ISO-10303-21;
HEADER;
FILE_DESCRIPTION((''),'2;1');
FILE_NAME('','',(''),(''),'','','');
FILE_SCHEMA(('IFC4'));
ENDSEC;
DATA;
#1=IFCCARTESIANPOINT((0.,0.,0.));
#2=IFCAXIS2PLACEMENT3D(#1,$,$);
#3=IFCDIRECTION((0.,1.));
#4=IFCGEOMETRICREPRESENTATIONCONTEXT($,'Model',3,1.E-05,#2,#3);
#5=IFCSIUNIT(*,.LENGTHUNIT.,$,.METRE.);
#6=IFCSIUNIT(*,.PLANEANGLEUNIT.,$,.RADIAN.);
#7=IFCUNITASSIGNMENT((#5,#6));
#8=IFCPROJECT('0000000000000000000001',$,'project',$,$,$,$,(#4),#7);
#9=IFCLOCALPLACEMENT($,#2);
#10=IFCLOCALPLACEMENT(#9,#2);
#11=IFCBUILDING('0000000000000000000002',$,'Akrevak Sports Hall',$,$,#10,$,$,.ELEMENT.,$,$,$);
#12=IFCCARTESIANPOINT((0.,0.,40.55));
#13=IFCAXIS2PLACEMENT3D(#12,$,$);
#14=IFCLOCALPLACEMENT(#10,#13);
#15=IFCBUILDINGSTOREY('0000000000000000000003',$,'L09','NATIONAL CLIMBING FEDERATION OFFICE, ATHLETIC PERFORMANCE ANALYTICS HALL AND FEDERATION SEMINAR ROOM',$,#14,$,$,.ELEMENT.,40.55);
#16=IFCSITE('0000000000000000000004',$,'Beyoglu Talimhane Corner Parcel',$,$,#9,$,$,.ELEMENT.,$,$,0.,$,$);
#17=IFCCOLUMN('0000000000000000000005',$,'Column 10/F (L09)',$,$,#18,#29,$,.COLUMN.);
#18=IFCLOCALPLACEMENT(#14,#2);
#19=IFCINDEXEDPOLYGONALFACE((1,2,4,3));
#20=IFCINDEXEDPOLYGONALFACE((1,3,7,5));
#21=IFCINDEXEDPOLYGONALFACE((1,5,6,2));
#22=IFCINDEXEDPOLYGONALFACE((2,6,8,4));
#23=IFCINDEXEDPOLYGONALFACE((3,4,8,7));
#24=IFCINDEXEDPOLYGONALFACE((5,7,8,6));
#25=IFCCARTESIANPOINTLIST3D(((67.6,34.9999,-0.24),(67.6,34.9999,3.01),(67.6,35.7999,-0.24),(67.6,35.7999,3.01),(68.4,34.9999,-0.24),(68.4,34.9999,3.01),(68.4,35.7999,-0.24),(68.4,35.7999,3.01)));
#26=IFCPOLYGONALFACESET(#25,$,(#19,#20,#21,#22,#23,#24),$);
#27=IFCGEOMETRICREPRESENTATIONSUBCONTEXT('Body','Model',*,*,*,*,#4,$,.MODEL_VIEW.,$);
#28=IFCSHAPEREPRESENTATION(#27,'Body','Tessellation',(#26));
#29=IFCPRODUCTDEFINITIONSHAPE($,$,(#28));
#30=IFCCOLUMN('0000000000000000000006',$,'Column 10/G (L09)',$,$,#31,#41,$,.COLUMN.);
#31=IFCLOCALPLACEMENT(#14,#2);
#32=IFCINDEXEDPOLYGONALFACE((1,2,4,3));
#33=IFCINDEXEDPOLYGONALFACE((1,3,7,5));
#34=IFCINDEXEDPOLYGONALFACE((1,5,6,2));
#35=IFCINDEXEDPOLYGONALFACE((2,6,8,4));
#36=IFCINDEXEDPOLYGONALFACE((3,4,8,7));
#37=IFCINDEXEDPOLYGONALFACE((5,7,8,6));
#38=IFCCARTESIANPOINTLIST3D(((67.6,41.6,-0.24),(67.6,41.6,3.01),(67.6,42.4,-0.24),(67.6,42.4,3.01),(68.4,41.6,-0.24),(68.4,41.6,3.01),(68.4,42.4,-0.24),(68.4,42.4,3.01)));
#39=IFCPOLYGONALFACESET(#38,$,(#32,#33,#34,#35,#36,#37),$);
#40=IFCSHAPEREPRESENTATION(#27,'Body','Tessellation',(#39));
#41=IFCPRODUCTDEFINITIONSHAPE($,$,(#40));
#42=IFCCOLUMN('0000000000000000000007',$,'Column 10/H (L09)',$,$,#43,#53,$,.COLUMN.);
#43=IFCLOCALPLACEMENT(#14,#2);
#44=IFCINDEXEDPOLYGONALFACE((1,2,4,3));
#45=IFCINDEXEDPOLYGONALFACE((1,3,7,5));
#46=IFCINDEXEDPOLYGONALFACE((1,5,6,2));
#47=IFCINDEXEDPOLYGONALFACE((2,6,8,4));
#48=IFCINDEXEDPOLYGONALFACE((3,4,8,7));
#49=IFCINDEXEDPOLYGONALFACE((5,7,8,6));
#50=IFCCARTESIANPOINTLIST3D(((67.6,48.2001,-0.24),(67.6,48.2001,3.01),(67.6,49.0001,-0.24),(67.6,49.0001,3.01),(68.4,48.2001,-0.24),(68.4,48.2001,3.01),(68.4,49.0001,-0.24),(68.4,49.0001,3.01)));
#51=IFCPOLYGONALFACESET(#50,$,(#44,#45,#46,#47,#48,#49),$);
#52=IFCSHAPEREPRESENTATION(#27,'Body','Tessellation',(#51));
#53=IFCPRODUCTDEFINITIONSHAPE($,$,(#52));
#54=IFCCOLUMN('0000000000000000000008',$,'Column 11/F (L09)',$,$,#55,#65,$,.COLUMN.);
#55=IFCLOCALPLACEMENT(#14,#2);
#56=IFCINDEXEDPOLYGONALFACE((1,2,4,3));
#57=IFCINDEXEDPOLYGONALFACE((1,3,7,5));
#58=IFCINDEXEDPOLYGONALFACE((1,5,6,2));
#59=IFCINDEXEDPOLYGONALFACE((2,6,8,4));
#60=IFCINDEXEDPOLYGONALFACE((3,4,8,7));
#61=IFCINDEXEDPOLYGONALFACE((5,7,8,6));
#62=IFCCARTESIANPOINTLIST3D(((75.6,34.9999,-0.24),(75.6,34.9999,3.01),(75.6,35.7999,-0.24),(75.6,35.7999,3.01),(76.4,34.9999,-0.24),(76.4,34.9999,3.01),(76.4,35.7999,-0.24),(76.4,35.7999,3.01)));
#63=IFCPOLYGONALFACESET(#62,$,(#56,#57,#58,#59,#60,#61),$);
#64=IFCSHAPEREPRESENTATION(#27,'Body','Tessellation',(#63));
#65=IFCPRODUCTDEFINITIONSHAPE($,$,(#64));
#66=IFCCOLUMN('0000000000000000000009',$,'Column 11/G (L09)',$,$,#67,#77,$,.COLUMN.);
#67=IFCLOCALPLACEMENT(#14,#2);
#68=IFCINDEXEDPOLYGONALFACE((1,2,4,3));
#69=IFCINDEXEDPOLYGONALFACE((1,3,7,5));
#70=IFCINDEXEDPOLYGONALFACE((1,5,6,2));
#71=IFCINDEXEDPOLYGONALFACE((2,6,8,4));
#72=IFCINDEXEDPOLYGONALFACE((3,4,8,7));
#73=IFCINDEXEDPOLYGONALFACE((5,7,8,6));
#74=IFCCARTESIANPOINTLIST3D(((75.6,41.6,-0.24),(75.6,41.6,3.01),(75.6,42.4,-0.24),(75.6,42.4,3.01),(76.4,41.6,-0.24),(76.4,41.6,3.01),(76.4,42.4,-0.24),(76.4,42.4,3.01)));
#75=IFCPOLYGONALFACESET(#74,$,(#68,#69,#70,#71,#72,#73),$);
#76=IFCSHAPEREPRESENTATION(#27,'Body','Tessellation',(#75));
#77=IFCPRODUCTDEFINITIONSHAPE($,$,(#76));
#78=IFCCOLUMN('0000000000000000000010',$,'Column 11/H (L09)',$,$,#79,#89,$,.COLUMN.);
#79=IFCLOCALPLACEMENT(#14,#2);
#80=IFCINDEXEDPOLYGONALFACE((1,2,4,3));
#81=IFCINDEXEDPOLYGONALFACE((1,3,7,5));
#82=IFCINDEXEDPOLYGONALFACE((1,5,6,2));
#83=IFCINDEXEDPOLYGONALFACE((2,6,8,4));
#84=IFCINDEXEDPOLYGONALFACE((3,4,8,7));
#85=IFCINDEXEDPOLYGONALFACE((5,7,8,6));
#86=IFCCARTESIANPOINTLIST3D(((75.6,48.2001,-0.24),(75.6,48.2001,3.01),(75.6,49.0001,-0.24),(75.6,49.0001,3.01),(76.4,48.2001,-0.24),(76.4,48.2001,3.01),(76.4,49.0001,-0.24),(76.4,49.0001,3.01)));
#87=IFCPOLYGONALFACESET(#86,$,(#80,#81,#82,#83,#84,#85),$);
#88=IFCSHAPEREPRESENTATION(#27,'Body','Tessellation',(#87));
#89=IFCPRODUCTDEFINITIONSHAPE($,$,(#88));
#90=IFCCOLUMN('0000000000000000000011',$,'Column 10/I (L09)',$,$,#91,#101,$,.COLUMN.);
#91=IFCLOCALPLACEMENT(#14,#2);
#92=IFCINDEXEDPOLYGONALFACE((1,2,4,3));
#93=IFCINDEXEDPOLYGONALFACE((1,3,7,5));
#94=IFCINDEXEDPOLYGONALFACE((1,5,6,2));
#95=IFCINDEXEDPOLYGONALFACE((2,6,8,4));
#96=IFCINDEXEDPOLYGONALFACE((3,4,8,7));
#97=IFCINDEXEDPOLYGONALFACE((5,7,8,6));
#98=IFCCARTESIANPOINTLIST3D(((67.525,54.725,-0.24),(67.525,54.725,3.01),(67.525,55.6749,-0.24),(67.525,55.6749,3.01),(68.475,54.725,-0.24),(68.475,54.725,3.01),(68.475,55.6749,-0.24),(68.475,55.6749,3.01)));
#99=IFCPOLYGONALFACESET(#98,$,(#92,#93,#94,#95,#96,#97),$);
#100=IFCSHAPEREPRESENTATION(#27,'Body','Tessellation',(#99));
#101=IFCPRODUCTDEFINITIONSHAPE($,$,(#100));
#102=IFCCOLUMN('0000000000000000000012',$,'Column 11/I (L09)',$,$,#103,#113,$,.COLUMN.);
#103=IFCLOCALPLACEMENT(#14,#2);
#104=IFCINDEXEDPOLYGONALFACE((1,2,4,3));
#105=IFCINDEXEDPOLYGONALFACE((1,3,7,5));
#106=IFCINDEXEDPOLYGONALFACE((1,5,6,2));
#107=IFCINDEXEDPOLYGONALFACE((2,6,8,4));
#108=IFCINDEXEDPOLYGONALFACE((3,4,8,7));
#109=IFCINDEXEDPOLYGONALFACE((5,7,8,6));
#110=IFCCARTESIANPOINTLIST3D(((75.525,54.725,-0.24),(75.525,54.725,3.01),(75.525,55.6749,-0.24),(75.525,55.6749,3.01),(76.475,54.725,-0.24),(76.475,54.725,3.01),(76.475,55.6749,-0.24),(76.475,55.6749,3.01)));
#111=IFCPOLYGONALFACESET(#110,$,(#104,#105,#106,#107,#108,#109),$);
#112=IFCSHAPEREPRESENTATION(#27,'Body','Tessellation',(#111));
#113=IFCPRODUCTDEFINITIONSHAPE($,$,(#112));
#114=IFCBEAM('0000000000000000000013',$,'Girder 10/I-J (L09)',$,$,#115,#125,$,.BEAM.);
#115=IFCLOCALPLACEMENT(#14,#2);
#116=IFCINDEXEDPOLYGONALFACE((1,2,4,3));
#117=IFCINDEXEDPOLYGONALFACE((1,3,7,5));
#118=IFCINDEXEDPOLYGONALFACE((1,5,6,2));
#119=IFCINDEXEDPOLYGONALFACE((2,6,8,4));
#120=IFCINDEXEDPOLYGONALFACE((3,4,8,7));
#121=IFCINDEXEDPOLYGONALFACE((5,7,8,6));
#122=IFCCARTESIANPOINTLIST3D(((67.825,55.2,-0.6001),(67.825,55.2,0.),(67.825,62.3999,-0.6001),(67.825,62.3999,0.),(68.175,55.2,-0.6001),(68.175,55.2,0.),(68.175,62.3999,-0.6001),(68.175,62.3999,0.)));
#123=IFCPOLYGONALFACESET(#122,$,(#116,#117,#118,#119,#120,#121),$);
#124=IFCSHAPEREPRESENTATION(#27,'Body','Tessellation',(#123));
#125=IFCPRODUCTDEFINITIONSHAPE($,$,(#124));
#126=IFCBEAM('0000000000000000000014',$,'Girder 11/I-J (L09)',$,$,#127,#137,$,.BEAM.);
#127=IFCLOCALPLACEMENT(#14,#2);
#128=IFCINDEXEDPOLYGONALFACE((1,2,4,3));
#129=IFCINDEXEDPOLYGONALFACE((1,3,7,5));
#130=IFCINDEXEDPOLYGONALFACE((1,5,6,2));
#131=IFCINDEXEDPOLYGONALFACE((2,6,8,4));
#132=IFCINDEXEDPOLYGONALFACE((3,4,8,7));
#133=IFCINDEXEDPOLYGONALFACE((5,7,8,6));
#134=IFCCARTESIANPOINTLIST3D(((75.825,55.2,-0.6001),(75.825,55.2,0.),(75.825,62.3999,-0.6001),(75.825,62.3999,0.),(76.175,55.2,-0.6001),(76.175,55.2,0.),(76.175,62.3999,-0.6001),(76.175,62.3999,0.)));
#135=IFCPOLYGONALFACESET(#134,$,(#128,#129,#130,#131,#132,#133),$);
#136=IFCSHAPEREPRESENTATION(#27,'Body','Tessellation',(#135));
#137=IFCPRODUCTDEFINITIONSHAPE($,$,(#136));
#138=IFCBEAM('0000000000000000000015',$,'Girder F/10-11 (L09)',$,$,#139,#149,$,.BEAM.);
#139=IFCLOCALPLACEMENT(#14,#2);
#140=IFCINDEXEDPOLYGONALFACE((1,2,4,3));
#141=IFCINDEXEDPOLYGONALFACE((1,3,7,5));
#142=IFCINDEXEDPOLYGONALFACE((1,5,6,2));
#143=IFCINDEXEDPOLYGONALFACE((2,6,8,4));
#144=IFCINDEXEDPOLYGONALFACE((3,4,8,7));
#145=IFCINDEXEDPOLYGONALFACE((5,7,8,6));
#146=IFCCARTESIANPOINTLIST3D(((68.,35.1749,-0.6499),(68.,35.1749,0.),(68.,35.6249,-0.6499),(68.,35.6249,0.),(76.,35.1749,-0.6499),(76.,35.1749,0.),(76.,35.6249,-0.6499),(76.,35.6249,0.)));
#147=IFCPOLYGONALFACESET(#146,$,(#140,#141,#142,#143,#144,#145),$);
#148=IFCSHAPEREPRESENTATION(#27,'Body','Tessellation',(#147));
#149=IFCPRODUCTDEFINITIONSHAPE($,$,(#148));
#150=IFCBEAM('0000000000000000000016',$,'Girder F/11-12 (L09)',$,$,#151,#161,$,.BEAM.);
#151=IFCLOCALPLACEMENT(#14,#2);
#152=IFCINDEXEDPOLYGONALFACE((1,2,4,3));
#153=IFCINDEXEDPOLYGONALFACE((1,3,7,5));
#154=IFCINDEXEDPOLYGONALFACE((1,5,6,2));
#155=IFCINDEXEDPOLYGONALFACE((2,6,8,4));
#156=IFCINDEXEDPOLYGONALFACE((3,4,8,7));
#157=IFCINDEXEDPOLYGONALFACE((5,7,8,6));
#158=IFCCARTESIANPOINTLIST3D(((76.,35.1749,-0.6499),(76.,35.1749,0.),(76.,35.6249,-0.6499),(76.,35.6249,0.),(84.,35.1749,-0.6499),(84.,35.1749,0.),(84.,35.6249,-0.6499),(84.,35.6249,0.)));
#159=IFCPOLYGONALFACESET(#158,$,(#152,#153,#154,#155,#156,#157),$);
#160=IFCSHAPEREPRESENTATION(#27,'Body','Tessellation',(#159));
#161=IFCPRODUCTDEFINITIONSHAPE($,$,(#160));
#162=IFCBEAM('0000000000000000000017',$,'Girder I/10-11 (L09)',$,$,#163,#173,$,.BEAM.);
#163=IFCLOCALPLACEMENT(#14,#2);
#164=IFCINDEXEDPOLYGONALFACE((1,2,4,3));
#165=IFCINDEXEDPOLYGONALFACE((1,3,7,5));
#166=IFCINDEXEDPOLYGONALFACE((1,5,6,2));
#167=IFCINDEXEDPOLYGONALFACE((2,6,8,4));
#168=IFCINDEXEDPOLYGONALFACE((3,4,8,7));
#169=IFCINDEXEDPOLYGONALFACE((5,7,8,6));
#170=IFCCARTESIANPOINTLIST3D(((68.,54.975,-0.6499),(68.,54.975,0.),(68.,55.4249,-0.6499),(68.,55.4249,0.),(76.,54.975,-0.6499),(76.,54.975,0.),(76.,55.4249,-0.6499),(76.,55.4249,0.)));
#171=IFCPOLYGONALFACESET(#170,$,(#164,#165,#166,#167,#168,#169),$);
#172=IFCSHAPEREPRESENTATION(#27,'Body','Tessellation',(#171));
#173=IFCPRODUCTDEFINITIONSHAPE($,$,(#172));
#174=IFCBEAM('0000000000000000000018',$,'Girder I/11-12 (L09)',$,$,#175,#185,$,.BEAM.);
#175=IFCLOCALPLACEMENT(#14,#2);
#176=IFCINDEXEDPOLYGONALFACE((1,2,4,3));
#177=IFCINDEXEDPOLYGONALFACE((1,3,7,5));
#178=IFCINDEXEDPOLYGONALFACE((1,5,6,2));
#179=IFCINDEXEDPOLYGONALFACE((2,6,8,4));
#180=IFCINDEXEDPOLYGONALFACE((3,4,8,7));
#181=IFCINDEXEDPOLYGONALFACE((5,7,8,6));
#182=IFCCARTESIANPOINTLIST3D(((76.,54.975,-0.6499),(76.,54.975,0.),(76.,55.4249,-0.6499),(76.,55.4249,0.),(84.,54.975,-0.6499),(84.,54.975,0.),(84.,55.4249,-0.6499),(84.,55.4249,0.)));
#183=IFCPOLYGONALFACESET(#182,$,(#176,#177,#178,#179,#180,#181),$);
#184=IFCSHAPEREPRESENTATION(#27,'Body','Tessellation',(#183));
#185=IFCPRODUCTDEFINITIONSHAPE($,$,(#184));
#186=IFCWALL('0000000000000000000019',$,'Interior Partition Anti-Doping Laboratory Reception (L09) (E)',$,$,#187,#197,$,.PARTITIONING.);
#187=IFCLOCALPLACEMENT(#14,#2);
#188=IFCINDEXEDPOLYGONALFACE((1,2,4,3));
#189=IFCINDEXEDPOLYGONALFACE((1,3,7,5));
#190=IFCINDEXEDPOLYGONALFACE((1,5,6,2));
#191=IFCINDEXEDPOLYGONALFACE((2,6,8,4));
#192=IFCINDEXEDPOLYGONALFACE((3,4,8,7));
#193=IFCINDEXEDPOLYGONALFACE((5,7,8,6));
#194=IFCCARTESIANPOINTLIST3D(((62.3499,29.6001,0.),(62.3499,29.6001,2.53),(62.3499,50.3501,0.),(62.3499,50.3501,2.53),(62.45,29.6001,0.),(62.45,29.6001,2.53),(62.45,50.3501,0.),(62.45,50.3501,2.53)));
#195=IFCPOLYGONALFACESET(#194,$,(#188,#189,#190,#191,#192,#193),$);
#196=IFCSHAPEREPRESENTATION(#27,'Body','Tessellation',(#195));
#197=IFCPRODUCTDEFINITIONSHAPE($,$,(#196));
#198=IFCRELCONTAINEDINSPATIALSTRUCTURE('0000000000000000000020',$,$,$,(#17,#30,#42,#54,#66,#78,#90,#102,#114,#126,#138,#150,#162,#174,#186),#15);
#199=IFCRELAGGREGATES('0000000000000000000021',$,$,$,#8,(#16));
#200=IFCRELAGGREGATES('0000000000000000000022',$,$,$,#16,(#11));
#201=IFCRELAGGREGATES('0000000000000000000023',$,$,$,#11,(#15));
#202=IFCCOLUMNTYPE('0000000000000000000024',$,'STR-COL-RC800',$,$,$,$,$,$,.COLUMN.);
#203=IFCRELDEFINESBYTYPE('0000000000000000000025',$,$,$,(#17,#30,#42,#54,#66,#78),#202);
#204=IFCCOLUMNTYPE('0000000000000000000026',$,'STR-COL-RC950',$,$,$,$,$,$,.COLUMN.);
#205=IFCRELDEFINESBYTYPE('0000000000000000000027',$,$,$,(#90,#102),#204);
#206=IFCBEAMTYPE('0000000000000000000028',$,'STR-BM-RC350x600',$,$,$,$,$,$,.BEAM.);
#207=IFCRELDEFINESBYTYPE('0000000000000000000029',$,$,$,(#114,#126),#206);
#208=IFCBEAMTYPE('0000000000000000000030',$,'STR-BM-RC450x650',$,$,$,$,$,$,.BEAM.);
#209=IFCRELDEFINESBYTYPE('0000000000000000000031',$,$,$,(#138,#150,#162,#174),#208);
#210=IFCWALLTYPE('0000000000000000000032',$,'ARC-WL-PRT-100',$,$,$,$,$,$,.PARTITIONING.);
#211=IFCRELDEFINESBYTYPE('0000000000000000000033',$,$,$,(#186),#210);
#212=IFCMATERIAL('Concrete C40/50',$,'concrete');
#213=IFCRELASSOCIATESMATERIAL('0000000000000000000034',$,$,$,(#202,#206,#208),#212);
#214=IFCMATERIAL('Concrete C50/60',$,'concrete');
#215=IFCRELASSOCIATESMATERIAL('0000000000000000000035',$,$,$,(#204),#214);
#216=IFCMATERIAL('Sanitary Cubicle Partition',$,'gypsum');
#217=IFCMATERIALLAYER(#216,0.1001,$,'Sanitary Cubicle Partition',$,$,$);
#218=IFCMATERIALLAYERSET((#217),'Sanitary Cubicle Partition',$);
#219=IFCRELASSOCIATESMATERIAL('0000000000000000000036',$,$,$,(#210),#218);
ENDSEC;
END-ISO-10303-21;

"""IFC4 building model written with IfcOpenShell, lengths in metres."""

from ifc_helpers import new_model, si_unit, direction, frame, frame_2d, origin, origin_2d, place, context, subcontext, project, spatial, rectangle, extrude, material, layer, layer_set, material_profile, profile_set, type_object, element, save


model = new_model("IFC4")

# Units and contexts
model_context = context("Model", 3, precision=1e-05, world=origin(), true_north=direction((0.0, 1.0)))
body_context = subcontext(model_context, "Body", "Model", "MODEL_VIEW")
ifc_project = project(units=[si_unit("LENGTHUNIT", "METRE"), si_unit("PLANEANGLEUNIT", "RADIAN")], contexts=[model_context])

# Site, building, storey
site_placement = place(None, origin())
site = spatial("IfcSite", under=ifc_project, at=site_placement, Name="Beyoglu Talimhane Corner Parcel", CompositionType="ELEMENT", RefElevation=0.0)
building_placement = place(site_placement, origin())
building = spatial("IfcBuilding", under=site, at=building_placement, Name="Akrevak Sports Hall", CompositionType="ELEMENT")
storey_placement = place(building_placement, frame((0.0, 0.0, 40.55)))
storey = spatial("IfcBuildingStorey", under=building, at=storey_placement, Name="L09", Description="NATIONAL CLIMBING FEDERATION OFFICE, ATHLETIC PERFORMANCE ANALYTICS HALL AND FEDERATION SEMINAR ROOM", CompositionType="ELEMENT", Elevation=40.55)

# Columns
ifc_material_1 = material(Name="Concrete C40/50", Category="concrete")
ifc_material_profile_1 = material_profile(ifc_material_1, rectangle(XDim=0.8, YDim=0.8, at=origin_2d()), Name="RC 800x800", Category="concrete")
ifc_profile_set_1 = profile_set([ifc_material_profile_1], Name="Concrete C40/50")
column_type_1 = type_object("IfcColumnType", Name="STR-COL-RC800", PredefinedType="COLUMN", material=ifc_profile_set_1)
for number, where, z_axis, x_axis, name in (
    (1, (68.0, 35.3999, -0.24), (0.0, 0.0, 1.0), (1.0, 0.0, 0.0), "Column 10/F (L09)"),
    (2, (68.0, 42.0, -0.24), (0.0, 0.0, 1.0), (1.0, 0.0, 0.0), "Column 10/G (L09)"),
    (3, (68.0, 48.6001, -0.24), (0.0, 0.0, 1.0), (1.0, 0.0, 0.0), "Column 10/H (L09)"),
    (4, (76.0, 35.3999, -0.24), (0.0, 0.0, 1.0), (1.0, 0.0, 0.0), "Column 11/F (L09)"),
    (5, (76.0, 42.0, -0.24), (0.0, 0.0, 1.0), (1.0, 0.0, 0.0), "Column 11/G (L09)"),
    (6, (76.0, 48.6001, -0.24), (0.0, 0.0, 1.0), (1.0, 0.0, 0.0), "Column 11/H (L09)"),
):
    element("IfcColumn", number, at=place(storey_placement, frame(where, z_axis=z_axis, x_axis=x_axis)), inside=storey, type_object=column_type_1, Name=name, PredefinedType="COLUMN", context=body_context, shape_type="SweptSolid", body=[
        extrude(rectangle(XDim=0.8, YDim=0.8, at=origin_2d()), origin(), (0.0, 0.0, 1.0), 3.25),
    ])
ifc_material_2 = material(Name="Concrete C50/60", Category="concrete")
ifc_material_profile_2 = material_profile(ifc_material_2, rectangle(XDim=0.95, YDim=0.95, at=origin_2d()), Name="RC 950x950", Category="concrete")
ifc_profile_set_2 = profile_set([ifc_material_profile_2], Name="Concrete C50/60")
column_type_2 = type_object("IfcColumnType", Name="STR-COL-RC950", PredefinedType="COLUMN", material=ifc_profile_set_2)
for number, where, z_axis, x_axis, name in (
    (7, (68.0, 55.2, -0.24), (0.0, 0.0, 1.0), (1.0, 0.0, 0.0), "Column 10/I (L09)"),
    (8, (76.0, 55.2, -0.24), (0.0, 0.0, 1.0), (1.0, 0.0, 0.0), "Column 11/I (L09)"),
):
    element("IfcColumn", number, at=place(storey_placement, frame(where, z_axis=z_axis, x_axis=x_axis)), inside=storey, type_object=column_type_2, Name=name, PredefinedType="COLUMN", context=body_context, shape_type="SweptSolid", body=[
        extrude(rectangle(XDim=0.95, YDim=0.95, at=origin_2d()), origin(), (0.0, 0.0, 1.0), 3.25),
    ])

# Beams
ifc_material_profile_3 = material_profile(ifc_material_1, rectangle(XDim=0.3501, YDim=0.6001, at=origin_2d()), Name="BM 350x600", Category="concrete")
ifc_profile_set_3 = profile_set([ifc_material_profile_3], Name="Concrete C40/50")
beam_type_1 = type_object("IfcBeamType", Name="STR-BM-RC350x600", PredefinedType="BEAM", material=ifc_profile_set_3)
for number, where, z_axis, x_axis, name in (
    (9, (68.0, 55.2, -0.3), (0.0, 1.0, 0.0), (-1.0, 0.0, 0.0), "Girder 10/I-J (L09)"),
    (10, (76.0, 55.2, -0.3), (0.0, 1.0, 0.0), (-1.0, 0.0, 0.0), "Girder 11/I-J (L09)"),
):
    element("IfcBeam", number, at=place(storey_placement, frame(where, z_axis=z_axis, x_axis=x_axis)), inside=storey, type_object=beam_type_1, Name=name, PredefinedType="BEAM", context=body_context, shape_type="SweptSolid", body=[
        extrude(rectangle(XDim=0.3501, YDim=0.6001, at=origin_2d()), origin(), (0.0, 0.0, 1.0), 7.2),
    ])
ifc_material_profile_4 = material_profile(ifc_material_1, rectangle(XDim=0.45, YDim=0.6499, at=origin_2d()), Name="BM 450x650", Category="concrete")
ifc_profile_set_4 = profile_set([ifc_material_profile_4], Name="Concrete C40/50")
beam_type_2 = type_object("IfcBeamType", Name="STR-BM-RC450x650", PredefinedType="BEAM", material=ifc_profile_set_4)
for number, where, z_axis, x_axis, name in (
    (11, (68.0, 35.3999, -0.325), (1.0, 0.0, 0.0), (0.0, 1.0, 0.0), "Girder F/10-11 (L09)"),
    (12, (76.0, 35.3999, -0.325), (1.0, 0.0, 0.0), (0.0, 1.0, 0.0), "Girder F/11-12 (L09)"),
    (13, (68.0, 55.2, -0.325), (1.0, 0.0, 0.0), (0.0, 1.0, 0.0), "Girder I/10-11 (L09)"),
    (14, (76.0, 55.2, -0.325), (1.0, 0.0, 0.0), (0.0, 1.0, 0.0), "Girder I/11-12 (L09)"),
):
    element("IfcBeam", number, at=place(storey_placement, frame(where, z_axis=z_axis, x_axis=x_axis)), inside=storey, type_object=beam_type_2, Name=name, PredefinedType="BEAM", context=body_context, shape_type="SweptSolid", body=[
        extrude(rectangle(XDim=0.45, YDim=0.6499, at=origin_2d()), origin(), (0.0, 0.0, 1.0), 8.0),
    ])

# Wall
ifc_material_3 = material(Name="Sanitary Cubicle Partition", Category="gypsum")
ifc_layer_1 = layer(ifc_material_3, 0.1001, Name="Sanitary Cubicle Partition")
ifc_layer_set_1 = layer_set([ifc_layer_1], Name="Sanitary Cubicle Partition")
wall_type_1 = type_object("IfcWallType", Name="ARC-WL-PRT-100", PredefinedType="PARTITIONING", material=ifc_layer_set_1)
wall_1_placement = place(storey_placement, frame((62.3999, 29.6001, 0.0), z_axis=(0.0, 0.0, 1.0), x_axis=(0.0, 1.0, 0.0)))
element("IfcWall", 15, at=wall_1_placement, inside=storey, type_object=wall_type_1, Name="Interior Partition Anti-Doping Laboratory Reception (L09) (E)", PredefinedType="PARTITIONING", context=body_context, shape_type="SweptSolid", body=[
    extrude(rectangle(XDim=20.75, YDim=0.1001, at=frame_2d((10.375, 0.0))), origin(), (0.0, 0.0, 1.0), 2.53),
])

save(model, "model.ifc")
